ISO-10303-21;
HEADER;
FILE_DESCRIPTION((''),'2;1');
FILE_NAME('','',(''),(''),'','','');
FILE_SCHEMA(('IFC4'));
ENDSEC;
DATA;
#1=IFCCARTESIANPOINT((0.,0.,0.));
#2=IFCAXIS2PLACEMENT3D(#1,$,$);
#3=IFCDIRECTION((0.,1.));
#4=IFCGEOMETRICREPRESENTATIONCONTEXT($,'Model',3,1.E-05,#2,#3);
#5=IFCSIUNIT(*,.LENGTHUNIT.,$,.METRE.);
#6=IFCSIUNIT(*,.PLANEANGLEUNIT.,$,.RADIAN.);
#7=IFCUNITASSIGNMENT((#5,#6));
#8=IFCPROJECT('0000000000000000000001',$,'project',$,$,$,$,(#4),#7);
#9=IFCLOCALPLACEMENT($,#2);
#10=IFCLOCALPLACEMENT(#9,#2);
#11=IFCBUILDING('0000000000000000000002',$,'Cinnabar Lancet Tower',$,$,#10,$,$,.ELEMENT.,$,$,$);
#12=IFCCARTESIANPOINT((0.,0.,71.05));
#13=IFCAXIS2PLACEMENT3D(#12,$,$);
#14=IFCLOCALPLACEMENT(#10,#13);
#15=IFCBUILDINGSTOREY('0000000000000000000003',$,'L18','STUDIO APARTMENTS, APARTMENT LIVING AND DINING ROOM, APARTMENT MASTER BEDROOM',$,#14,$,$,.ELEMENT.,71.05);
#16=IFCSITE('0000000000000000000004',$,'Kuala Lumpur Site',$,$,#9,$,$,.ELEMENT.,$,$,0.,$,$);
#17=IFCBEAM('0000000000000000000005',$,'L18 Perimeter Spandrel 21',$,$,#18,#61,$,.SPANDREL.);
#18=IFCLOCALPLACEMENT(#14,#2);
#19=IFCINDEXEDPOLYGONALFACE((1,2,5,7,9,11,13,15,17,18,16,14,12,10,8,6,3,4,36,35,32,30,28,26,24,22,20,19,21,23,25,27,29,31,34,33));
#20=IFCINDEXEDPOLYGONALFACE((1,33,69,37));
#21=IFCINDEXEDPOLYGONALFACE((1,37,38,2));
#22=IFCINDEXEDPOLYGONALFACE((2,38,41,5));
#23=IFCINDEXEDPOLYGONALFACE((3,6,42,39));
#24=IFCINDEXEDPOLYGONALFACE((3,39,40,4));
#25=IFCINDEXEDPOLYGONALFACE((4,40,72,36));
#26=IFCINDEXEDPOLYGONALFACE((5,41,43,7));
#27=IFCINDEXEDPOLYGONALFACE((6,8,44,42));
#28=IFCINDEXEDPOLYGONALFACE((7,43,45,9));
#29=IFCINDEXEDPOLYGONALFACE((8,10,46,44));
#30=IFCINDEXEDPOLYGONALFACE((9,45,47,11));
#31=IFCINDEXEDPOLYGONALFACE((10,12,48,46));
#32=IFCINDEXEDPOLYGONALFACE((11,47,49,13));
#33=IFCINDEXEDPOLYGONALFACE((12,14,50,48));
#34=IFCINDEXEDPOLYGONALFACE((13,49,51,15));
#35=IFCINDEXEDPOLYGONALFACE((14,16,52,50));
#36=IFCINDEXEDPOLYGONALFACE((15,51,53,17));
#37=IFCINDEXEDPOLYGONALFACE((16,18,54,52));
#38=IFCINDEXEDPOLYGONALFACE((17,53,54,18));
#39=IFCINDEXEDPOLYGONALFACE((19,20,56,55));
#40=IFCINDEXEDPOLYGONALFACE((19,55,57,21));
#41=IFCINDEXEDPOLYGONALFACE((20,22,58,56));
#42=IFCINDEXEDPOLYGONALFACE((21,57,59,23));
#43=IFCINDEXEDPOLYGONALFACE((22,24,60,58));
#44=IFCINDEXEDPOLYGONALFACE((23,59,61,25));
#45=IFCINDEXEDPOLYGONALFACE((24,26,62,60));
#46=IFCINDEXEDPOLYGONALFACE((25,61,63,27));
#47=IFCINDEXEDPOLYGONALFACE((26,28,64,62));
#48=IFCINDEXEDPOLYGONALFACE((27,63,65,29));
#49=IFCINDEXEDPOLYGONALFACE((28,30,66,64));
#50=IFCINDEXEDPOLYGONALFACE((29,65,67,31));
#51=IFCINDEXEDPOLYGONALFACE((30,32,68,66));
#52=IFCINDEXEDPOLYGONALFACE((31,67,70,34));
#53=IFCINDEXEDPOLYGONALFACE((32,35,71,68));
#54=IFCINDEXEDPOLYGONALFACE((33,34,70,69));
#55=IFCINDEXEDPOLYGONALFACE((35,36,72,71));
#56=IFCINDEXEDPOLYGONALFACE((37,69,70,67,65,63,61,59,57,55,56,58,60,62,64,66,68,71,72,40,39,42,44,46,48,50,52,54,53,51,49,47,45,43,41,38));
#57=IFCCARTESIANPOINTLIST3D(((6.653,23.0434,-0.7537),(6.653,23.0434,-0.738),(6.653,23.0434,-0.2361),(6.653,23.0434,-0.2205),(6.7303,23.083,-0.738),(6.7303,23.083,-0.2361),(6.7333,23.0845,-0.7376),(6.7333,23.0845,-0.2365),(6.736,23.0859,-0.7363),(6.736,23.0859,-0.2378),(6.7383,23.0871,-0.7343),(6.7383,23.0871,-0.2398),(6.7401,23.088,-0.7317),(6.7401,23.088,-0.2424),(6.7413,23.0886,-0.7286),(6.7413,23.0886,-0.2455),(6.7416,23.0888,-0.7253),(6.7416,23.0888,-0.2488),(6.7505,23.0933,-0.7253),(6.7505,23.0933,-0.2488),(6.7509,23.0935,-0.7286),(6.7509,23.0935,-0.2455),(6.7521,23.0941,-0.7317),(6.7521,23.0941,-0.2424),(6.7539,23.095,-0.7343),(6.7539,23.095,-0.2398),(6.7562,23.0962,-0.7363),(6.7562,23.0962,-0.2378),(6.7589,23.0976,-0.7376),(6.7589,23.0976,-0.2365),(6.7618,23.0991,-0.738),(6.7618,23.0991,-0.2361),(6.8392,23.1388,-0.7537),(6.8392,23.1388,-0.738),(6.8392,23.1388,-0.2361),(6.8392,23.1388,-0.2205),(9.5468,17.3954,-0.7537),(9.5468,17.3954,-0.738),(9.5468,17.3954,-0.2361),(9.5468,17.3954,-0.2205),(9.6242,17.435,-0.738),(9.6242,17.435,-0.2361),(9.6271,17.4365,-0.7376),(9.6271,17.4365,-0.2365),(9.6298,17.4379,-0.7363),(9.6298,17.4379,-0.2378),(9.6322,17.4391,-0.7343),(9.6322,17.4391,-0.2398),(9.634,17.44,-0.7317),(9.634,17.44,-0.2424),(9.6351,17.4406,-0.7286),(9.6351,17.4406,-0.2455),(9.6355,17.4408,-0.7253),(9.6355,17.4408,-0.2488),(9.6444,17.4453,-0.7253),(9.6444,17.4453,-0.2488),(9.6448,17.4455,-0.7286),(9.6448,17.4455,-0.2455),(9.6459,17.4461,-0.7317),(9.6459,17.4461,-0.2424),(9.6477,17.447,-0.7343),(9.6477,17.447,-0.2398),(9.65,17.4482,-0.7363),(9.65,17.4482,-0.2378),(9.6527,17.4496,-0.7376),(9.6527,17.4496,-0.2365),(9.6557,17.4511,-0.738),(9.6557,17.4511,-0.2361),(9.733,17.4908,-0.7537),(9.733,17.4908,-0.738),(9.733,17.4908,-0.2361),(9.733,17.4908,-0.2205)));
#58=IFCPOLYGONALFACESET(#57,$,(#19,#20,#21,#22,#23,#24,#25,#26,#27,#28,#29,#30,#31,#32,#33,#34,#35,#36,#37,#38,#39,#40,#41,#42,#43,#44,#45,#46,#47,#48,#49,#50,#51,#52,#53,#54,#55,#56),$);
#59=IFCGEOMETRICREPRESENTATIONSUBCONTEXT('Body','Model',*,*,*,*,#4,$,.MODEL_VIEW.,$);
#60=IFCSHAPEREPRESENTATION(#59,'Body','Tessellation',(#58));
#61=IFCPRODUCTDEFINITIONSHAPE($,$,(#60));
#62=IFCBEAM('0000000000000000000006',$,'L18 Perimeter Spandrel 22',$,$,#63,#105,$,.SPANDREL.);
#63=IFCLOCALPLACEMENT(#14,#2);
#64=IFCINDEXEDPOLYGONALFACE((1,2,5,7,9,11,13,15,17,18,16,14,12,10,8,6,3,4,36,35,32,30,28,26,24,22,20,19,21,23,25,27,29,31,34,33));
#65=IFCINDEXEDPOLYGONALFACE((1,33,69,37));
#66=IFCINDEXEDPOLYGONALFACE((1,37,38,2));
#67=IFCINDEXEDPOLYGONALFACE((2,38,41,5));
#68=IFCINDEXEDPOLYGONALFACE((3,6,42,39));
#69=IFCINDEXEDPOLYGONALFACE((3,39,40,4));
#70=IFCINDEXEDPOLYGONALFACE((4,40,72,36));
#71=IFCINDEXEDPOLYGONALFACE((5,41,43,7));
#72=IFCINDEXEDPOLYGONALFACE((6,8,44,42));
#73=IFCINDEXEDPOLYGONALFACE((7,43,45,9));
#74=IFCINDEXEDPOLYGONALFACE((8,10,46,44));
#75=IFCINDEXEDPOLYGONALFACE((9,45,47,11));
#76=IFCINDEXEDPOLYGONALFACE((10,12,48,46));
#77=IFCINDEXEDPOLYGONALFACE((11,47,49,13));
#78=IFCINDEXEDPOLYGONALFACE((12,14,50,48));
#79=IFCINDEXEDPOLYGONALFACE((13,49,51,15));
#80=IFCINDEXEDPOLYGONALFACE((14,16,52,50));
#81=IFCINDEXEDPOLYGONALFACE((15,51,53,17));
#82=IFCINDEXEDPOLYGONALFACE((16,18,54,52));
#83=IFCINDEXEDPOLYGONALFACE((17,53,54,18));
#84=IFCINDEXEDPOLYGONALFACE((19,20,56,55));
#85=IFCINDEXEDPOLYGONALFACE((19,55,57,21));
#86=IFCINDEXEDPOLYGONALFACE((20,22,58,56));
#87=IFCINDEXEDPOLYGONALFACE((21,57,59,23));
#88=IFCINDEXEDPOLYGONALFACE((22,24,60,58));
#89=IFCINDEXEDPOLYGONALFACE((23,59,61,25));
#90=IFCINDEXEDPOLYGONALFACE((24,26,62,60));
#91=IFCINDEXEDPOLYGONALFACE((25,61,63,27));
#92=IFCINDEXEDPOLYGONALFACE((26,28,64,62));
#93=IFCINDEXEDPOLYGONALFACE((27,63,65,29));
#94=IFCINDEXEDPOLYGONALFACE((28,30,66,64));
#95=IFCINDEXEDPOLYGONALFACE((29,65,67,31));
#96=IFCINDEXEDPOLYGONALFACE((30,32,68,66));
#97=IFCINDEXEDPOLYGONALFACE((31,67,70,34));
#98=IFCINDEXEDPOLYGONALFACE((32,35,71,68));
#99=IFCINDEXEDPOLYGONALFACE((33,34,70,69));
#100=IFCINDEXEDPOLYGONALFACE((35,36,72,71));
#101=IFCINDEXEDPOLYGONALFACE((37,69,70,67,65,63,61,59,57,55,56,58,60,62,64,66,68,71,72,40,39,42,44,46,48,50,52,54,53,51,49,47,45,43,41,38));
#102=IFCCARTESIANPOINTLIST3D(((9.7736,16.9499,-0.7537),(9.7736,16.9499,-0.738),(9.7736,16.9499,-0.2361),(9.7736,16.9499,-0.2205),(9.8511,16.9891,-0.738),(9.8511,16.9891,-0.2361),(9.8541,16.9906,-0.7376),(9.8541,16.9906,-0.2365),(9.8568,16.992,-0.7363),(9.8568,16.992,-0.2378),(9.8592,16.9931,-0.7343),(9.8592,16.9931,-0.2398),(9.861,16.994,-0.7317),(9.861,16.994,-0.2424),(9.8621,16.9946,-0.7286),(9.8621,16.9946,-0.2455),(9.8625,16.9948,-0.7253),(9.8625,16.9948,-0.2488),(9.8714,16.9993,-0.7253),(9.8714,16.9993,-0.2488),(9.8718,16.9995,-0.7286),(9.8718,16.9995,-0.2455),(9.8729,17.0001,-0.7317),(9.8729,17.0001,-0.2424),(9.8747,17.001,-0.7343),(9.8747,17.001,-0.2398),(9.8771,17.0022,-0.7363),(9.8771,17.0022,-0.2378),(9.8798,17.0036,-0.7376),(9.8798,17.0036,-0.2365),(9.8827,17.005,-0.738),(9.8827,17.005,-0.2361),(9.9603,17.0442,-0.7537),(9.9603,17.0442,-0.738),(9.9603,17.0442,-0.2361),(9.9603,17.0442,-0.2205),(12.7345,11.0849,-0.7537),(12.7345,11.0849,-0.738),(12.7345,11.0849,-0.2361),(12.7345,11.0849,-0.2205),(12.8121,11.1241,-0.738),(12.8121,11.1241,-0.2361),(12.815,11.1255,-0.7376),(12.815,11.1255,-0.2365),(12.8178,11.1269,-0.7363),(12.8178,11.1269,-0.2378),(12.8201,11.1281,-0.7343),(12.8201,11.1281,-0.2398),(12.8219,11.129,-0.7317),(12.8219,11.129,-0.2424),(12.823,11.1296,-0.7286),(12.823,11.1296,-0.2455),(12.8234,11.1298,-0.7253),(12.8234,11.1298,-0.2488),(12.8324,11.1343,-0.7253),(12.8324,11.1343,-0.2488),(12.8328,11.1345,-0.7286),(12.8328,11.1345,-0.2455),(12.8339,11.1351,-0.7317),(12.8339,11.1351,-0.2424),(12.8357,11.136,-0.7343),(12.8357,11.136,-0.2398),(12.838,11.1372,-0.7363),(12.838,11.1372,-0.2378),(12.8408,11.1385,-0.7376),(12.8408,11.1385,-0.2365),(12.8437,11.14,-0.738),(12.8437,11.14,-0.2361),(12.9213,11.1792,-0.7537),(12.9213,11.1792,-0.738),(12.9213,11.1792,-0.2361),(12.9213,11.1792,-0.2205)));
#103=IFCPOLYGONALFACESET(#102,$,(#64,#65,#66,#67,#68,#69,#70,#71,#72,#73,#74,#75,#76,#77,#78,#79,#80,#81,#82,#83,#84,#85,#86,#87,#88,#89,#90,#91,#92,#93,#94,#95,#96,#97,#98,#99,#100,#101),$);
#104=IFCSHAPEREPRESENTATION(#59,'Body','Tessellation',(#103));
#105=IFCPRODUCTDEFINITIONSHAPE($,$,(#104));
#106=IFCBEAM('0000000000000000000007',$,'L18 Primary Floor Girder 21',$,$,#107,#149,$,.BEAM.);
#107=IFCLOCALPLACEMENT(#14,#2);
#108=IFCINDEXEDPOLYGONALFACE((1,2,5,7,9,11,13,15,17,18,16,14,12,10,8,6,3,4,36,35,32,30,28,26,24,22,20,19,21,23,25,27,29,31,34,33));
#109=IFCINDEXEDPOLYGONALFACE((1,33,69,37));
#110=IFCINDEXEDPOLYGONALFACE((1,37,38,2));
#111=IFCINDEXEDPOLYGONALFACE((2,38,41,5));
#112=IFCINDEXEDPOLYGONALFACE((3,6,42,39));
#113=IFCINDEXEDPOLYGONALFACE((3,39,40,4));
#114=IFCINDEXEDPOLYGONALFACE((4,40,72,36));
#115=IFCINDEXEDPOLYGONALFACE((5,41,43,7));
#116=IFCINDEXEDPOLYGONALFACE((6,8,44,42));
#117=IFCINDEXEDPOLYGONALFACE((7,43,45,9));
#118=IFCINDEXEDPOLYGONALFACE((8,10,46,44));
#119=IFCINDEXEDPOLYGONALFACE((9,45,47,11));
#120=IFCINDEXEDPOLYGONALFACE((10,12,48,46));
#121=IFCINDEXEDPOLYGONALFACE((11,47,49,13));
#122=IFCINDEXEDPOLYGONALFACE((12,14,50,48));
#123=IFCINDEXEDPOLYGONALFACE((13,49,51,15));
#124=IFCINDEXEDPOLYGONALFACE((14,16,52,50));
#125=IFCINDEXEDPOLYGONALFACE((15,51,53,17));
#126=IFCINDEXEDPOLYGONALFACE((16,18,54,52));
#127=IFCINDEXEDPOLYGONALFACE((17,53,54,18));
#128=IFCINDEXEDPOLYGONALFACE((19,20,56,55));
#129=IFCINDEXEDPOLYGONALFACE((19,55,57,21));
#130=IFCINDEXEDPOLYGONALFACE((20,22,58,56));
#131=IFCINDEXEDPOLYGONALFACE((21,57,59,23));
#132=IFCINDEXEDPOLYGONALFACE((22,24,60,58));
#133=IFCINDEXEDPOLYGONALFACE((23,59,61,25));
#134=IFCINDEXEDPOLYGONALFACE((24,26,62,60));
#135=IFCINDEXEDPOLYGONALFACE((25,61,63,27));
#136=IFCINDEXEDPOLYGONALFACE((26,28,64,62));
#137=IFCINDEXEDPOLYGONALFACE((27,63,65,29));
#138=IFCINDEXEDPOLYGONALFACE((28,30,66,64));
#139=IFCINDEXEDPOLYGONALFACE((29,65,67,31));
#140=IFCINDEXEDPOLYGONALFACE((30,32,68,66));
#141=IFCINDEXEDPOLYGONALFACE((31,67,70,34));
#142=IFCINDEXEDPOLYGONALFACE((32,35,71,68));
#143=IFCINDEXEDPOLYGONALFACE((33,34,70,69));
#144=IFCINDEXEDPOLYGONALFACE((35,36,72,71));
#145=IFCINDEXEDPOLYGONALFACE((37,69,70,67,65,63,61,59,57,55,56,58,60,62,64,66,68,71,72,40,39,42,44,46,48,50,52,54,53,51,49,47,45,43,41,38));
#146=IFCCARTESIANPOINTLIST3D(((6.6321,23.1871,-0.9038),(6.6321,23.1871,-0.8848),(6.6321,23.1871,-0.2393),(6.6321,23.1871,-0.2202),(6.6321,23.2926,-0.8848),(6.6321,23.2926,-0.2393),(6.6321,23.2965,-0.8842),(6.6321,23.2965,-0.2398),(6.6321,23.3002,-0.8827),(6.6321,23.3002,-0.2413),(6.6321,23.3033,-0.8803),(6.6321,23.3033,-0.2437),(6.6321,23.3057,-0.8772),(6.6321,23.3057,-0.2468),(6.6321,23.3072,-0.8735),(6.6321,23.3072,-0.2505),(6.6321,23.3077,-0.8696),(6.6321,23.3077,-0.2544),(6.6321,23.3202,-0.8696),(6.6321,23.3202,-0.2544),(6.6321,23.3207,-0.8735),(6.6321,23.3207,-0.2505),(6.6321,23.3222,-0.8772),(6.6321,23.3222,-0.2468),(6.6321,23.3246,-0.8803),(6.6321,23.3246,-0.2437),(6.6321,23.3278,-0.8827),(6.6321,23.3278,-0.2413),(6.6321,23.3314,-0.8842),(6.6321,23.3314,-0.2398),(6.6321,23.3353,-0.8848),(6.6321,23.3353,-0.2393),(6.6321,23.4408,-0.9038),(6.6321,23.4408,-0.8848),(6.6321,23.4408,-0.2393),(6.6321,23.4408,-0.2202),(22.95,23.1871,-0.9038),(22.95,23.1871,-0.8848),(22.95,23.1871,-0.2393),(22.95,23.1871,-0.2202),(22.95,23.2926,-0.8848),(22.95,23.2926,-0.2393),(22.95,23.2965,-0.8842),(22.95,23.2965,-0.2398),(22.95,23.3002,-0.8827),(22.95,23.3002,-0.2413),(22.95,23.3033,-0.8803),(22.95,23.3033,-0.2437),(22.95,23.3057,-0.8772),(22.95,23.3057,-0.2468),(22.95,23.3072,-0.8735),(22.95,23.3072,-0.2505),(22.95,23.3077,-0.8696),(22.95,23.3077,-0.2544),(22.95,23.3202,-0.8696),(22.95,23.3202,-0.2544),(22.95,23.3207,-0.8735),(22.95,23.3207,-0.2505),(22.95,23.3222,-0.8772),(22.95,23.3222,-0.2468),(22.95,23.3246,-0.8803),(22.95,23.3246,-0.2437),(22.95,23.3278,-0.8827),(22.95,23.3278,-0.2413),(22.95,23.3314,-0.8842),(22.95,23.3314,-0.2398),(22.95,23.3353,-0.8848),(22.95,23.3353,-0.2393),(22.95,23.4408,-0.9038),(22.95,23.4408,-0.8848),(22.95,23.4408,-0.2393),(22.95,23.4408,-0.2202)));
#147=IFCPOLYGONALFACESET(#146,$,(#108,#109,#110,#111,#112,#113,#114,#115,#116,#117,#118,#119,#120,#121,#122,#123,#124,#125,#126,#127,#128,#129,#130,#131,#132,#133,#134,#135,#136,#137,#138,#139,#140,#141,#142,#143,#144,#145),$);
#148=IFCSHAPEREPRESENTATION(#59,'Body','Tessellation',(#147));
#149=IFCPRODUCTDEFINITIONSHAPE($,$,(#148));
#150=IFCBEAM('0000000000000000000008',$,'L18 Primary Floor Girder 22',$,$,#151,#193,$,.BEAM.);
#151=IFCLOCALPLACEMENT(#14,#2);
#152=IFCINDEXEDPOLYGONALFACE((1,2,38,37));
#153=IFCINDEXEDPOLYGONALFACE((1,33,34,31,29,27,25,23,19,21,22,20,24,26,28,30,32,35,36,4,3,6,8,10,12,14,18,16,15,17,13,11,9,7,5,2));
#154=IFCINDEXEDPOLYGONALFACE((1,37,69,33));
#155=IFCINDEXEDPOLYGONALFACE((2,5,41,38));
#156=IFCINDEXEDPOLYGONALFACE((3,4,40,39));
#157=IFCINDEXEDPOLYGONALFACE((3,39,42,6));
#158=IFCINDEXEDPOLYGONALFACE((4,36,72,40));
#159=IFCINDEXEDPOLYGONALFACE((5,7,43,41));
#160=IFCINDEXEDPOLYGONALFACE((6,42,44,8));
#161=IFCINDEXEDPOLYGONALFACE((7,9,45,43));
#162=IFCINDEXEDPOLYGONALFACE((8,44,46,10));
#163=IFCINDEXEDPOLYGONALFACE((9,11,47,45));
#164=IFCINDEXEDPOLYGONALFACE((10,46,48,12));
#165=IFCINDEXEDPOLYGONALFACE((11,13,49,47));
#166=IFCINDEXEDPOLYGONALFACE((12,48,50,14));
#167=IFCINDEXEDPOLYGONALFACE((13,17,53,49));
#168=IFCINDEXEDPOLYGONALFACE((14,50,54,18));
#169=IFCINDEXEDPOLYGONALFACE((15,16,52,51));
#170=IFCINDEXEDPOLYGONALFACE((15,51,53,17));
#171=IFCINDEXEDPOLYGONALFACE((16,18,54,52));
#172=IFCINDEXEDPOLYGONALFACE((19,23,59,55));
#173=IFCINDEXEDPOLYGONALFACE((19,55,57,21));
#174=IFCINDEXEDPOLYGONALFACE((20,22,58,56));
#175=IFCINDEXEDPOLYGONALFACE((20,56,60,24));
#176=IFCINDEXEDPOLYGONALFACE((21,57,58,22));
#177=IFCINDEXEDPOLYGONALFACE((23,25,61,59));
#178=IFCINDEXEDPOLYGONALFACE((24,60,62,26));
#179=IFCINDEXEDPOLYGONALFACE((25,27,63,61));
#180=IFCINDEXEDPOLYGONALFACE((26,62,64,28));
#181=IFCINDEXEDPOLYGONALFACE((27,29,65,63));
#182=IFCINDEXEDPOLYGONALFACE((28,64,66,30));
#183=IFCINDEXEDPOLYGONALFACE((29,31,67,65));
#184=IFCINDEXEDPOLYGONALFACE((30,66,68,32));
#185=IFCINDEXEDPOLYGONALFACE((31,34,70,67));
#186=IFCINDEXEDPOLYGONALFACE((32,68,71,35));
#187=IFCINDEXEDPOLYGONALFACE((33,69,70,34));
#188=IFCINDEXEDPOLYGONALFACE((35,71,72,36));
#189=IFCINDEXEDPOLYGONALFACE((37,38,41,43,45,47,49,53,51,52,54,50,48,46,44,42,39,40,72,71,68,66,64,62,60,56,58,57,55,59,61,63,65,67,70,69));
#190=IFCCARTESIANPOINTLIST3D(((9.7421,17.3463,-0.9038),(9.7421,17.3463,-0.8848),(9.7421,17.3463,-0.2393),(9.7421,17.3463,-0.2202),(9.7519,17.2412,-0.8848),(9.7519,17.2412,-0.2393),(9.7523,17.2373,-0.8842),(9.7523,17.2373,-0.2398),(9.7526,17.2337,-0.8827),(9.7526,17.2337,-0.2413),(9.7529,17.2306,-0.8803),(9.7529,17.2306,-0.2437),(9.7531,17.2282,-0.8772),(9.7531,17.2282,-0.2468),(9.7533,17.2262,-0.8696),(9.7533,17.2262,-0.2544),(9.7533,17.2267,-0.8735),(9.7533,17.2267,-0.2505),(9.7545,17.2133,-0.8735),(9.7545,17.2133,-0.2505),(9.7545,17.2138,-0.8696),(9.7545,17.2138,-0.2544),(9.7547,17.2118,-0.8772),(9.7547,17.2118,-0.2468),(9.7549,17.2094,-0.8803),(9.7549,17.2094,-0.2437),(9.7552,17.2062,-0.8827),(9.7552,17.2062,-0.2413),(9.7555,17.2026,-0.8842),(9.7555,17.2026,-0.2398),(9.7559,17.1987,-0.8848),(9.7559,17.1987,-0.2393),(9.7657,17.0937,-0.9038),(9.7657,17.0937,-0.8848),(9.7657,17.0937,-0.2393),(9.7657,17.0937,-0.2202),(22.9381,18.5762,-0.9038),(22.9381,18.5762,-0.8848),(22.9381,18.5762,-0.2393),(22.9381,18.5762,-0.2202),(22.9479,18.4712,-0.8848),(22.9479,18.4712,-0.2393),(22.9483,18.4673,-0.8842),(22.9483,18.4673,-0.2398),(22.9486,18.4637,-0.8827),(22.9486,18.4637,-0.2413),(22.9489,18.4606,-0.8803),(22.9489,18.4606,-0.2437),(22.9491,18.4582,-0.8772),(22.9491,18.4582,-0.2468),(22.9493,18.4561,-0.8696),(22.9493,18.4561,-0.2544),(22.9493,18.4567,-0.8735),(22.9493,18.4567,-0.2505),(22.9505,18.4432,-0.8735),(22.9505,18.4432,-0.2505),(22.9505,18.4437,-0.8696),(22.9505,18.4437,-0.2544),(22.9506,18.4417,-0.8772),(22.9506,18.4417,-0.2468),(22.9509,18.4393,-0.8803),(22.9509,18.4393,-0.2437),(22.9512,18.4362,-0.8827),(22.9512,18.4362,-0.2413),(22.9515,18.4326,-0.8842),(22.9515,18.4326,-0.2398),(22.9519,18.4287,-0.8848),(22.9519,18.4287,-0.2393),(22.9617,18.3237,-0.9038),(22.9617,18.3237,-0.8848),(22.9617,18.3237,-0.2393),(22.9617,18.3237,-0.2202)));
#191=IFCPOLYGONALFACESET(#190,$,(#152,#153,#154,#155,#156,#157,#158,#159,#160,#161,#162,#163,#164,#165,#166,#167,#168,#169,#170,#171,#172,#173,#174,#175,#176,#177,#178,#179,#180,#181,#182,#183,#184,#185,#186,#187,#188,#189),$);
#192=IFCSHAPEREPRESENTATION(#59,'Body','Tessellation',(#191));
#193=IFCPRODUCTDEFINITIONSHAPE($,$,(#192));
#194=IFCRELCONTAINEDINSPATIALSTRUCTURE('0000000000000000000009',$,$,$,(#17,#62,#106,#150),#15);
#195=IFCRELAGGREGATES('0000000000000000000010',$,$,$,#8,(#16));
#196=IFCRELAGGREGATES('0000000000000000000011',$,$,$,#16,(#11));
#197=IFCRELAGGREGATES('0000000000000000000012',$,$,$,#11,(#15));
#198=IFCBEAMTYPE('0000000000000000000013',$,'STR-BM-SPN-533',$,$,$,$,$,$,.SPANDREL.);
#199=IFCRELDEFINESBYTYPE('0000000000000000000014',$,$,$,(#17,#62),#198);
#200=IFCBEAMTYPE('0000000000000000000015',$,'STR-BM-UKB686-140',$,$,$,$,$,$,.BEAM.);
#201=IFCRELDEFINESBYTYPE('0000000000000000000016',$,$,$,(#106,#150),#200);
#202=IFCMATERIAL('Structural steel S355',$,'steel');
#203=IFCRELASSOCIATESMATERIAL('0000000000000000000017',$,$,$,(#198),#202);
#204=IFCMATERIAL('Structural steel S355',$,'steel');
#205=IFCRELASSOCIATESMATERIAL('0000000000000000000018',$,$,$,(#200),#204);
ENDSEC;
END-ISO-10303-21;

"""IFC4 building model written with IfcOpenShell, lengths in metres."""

from ifc_helpers import new_model, si_unit, direction, frame, origin, origin_2d, place, context, subcontext, project, spatial, i_section, extrude, material, material_profile, profile_set, type_object, element, save


model = new_model("IFC4")

# Units and contexts
model_context = context("Model", 3, precision=1e-05, world=origin(), true_north=direction((0.0, 1.0)))
body_context = subcontext(model_context, "Body", "Model", "MODEL_VIEW")
ifc_project = project(units=[si_unit("LENGTHUNIT", "METRE"), si_unit("PLANEANGLEUNIT", "RADIAN")], contexts=[model_context])

# Site, building, storey
site_placement = place(None, origin())
site = spatial("IfcSite", under=ifc_project, at=site_placement, Name="Kuala Lumpur Site", CompositionType="ELEMENT", RefElevation=0.0)
building_placement = place(site_placement, origin())
building = spatial("IfcBuilding", under=site, at=building_placement, Name="Cinnabar Lancet Tower", CompositionType="ELEMENT")
storey_placement = place(building_placement, frame((0.0, 0.0, 71.05)))
storey = spatial("IfcBuildingStorey", under=building, at=storey_placement, Name="L18", Description="STUDIO APARTMENTS, APARTMENT LIVING AND DINING ROOM, APARTMENT MASTER BEDROOM", CompositionType="ELEMENT", Elevation=71.05)

# Beams
ifc_material_1 = material(Name="Structural steel S355", Category="steel")
ifc_material_profile_1 = material_profile(ifc_material_1, i_section(OverallWidth=0.2092, OverallDepth=0.5332, WebThickness=0.01, FlangeThickness=0.0156, FilletRadius=0.0127, at=origin_2d()), Name="UKB 533x210x92")
ifc_profile_set_1 = profile_set([ifc_material_profile_1], Name="Structural steel S355")
beam_type_1 = type_object("IfcBeamType", Name="STR-BM-SPN-533", PredefinedType="SPANDREL", material=ifc_profile_set_1)
beam_1_placement = place(storey_placement, frame((6.7461, 23.0911, -0.4871), z_axis=(0.455994, -0.889983, 0.0), x_axis=(0.889983, 0.455994, 0.0)))
element("IfcBeam", 1, at=beam_1_placement, inside=storey, type_object=beam_type_1, Name="L18 Perimeter Spandrel 21", PredefinedType="SPANDREL", context=body_context, shape_type="SweptSolid", body=[
    extrude(i_section(OverallWidth=0.2092, OverallDepth=0.5332, WebThickness=0.01, FlangeThickness=0.0156, FilletRadius=0.0127, at=origin_2d()), origin(), (0.0, 0.0, 1.0), 6.3462),
])
beam_2_placement = place(storey_placement, frame((9.8669, 16.9971, -0.4871), z_axis=(0.450674, -0.892689, 0.0), x_axis=(0.892689, 0.450674, 0.0)))
element("IfcBeam", 2, at=beam_2_placement, inside=storey, type_object=beam_type_1, Name="L18 Perimeter Spandrel 22", PredefinedType="SPANDREL", context=body_context, shape_type="SweptSolid", body=[
    extrude(i_section(OverallWidth=0.2092, OverallDepth=0.5332, WebThickness=0.01, FlangeThickness=0.0156, FilletRadius=0.0127, at=origin_2d()), origin(), (0.0, 0.0, 1.0), 6.5701),
])
ifc_material_2 = material(Name="Structural steel S355", Category="steel")
ifc_material_profile_2 = material_profile(ifc_material_2, i_section(OverallWidth=0.2537, OverallDepth=0.6836, WebThickness=0.0125, FlangeThickness=0.019, FilletRadius=0.0151, at=origin_2d()), Name="UKB 686x254x140")
ifc_profile_set_2 = profile_set([ifc_material_profile_2], Name="Structural steel S355")
beam_type_2 = type_object("IfcBeamType", Name="STR-BM-UKB686-140", PredefinedType="BEAM", material=ifc_profile_set_2)
beam_3_placement = place(storey_placement, frame((6.6321, 23.314, -0.562), z_axis=(1.0, 0.0, 0.0), x_axis=(0.0, 1.0, 0.0)))
element("IfcBeam", 3, at=beam_3_placement, inside=storey, type_object=beam_type_2, Name="L18 Primary Floor Girder 21", PredefinedType="BEAM", context=body_context, shape_type="SweptSolid", body=[
    extrude(i_section(OverallWidth=0.2537, OverallDepth=0.6836, WebThickness=0.0125, FlangeThickness=0.019, FilletRadius=0.0151, at=origin_2d()), origin(), (0.0, 0.0, 1.0), 16.3179),
])
beam_4_placement = place(storey_placement, frame((9.7539, 17.22, -0.562), z_axis=(0.995684, 0.092806, 0.0), x_axis=(-0.092806, 0.995684, 0.0)))
element("IfcBeam", 4, at=beam_4_placement, inside=storey, type_object=beam_type_2, Name="L18 Primary Floor Girder 22", PredefinedType="BEAM", context=body_context, shape_type="SweptSolid", body=[
    extrude(i_section(OverallWidth=0.2537, OverallDepth=0.6836, WebThickness=0.0125, FlangeThickness=0.019, FilletRadius=0.0151, at=origin_2d()), origin(), (0.0, 0.0, 1.0), 13.2532),
])

save(model, "model.ifc")
